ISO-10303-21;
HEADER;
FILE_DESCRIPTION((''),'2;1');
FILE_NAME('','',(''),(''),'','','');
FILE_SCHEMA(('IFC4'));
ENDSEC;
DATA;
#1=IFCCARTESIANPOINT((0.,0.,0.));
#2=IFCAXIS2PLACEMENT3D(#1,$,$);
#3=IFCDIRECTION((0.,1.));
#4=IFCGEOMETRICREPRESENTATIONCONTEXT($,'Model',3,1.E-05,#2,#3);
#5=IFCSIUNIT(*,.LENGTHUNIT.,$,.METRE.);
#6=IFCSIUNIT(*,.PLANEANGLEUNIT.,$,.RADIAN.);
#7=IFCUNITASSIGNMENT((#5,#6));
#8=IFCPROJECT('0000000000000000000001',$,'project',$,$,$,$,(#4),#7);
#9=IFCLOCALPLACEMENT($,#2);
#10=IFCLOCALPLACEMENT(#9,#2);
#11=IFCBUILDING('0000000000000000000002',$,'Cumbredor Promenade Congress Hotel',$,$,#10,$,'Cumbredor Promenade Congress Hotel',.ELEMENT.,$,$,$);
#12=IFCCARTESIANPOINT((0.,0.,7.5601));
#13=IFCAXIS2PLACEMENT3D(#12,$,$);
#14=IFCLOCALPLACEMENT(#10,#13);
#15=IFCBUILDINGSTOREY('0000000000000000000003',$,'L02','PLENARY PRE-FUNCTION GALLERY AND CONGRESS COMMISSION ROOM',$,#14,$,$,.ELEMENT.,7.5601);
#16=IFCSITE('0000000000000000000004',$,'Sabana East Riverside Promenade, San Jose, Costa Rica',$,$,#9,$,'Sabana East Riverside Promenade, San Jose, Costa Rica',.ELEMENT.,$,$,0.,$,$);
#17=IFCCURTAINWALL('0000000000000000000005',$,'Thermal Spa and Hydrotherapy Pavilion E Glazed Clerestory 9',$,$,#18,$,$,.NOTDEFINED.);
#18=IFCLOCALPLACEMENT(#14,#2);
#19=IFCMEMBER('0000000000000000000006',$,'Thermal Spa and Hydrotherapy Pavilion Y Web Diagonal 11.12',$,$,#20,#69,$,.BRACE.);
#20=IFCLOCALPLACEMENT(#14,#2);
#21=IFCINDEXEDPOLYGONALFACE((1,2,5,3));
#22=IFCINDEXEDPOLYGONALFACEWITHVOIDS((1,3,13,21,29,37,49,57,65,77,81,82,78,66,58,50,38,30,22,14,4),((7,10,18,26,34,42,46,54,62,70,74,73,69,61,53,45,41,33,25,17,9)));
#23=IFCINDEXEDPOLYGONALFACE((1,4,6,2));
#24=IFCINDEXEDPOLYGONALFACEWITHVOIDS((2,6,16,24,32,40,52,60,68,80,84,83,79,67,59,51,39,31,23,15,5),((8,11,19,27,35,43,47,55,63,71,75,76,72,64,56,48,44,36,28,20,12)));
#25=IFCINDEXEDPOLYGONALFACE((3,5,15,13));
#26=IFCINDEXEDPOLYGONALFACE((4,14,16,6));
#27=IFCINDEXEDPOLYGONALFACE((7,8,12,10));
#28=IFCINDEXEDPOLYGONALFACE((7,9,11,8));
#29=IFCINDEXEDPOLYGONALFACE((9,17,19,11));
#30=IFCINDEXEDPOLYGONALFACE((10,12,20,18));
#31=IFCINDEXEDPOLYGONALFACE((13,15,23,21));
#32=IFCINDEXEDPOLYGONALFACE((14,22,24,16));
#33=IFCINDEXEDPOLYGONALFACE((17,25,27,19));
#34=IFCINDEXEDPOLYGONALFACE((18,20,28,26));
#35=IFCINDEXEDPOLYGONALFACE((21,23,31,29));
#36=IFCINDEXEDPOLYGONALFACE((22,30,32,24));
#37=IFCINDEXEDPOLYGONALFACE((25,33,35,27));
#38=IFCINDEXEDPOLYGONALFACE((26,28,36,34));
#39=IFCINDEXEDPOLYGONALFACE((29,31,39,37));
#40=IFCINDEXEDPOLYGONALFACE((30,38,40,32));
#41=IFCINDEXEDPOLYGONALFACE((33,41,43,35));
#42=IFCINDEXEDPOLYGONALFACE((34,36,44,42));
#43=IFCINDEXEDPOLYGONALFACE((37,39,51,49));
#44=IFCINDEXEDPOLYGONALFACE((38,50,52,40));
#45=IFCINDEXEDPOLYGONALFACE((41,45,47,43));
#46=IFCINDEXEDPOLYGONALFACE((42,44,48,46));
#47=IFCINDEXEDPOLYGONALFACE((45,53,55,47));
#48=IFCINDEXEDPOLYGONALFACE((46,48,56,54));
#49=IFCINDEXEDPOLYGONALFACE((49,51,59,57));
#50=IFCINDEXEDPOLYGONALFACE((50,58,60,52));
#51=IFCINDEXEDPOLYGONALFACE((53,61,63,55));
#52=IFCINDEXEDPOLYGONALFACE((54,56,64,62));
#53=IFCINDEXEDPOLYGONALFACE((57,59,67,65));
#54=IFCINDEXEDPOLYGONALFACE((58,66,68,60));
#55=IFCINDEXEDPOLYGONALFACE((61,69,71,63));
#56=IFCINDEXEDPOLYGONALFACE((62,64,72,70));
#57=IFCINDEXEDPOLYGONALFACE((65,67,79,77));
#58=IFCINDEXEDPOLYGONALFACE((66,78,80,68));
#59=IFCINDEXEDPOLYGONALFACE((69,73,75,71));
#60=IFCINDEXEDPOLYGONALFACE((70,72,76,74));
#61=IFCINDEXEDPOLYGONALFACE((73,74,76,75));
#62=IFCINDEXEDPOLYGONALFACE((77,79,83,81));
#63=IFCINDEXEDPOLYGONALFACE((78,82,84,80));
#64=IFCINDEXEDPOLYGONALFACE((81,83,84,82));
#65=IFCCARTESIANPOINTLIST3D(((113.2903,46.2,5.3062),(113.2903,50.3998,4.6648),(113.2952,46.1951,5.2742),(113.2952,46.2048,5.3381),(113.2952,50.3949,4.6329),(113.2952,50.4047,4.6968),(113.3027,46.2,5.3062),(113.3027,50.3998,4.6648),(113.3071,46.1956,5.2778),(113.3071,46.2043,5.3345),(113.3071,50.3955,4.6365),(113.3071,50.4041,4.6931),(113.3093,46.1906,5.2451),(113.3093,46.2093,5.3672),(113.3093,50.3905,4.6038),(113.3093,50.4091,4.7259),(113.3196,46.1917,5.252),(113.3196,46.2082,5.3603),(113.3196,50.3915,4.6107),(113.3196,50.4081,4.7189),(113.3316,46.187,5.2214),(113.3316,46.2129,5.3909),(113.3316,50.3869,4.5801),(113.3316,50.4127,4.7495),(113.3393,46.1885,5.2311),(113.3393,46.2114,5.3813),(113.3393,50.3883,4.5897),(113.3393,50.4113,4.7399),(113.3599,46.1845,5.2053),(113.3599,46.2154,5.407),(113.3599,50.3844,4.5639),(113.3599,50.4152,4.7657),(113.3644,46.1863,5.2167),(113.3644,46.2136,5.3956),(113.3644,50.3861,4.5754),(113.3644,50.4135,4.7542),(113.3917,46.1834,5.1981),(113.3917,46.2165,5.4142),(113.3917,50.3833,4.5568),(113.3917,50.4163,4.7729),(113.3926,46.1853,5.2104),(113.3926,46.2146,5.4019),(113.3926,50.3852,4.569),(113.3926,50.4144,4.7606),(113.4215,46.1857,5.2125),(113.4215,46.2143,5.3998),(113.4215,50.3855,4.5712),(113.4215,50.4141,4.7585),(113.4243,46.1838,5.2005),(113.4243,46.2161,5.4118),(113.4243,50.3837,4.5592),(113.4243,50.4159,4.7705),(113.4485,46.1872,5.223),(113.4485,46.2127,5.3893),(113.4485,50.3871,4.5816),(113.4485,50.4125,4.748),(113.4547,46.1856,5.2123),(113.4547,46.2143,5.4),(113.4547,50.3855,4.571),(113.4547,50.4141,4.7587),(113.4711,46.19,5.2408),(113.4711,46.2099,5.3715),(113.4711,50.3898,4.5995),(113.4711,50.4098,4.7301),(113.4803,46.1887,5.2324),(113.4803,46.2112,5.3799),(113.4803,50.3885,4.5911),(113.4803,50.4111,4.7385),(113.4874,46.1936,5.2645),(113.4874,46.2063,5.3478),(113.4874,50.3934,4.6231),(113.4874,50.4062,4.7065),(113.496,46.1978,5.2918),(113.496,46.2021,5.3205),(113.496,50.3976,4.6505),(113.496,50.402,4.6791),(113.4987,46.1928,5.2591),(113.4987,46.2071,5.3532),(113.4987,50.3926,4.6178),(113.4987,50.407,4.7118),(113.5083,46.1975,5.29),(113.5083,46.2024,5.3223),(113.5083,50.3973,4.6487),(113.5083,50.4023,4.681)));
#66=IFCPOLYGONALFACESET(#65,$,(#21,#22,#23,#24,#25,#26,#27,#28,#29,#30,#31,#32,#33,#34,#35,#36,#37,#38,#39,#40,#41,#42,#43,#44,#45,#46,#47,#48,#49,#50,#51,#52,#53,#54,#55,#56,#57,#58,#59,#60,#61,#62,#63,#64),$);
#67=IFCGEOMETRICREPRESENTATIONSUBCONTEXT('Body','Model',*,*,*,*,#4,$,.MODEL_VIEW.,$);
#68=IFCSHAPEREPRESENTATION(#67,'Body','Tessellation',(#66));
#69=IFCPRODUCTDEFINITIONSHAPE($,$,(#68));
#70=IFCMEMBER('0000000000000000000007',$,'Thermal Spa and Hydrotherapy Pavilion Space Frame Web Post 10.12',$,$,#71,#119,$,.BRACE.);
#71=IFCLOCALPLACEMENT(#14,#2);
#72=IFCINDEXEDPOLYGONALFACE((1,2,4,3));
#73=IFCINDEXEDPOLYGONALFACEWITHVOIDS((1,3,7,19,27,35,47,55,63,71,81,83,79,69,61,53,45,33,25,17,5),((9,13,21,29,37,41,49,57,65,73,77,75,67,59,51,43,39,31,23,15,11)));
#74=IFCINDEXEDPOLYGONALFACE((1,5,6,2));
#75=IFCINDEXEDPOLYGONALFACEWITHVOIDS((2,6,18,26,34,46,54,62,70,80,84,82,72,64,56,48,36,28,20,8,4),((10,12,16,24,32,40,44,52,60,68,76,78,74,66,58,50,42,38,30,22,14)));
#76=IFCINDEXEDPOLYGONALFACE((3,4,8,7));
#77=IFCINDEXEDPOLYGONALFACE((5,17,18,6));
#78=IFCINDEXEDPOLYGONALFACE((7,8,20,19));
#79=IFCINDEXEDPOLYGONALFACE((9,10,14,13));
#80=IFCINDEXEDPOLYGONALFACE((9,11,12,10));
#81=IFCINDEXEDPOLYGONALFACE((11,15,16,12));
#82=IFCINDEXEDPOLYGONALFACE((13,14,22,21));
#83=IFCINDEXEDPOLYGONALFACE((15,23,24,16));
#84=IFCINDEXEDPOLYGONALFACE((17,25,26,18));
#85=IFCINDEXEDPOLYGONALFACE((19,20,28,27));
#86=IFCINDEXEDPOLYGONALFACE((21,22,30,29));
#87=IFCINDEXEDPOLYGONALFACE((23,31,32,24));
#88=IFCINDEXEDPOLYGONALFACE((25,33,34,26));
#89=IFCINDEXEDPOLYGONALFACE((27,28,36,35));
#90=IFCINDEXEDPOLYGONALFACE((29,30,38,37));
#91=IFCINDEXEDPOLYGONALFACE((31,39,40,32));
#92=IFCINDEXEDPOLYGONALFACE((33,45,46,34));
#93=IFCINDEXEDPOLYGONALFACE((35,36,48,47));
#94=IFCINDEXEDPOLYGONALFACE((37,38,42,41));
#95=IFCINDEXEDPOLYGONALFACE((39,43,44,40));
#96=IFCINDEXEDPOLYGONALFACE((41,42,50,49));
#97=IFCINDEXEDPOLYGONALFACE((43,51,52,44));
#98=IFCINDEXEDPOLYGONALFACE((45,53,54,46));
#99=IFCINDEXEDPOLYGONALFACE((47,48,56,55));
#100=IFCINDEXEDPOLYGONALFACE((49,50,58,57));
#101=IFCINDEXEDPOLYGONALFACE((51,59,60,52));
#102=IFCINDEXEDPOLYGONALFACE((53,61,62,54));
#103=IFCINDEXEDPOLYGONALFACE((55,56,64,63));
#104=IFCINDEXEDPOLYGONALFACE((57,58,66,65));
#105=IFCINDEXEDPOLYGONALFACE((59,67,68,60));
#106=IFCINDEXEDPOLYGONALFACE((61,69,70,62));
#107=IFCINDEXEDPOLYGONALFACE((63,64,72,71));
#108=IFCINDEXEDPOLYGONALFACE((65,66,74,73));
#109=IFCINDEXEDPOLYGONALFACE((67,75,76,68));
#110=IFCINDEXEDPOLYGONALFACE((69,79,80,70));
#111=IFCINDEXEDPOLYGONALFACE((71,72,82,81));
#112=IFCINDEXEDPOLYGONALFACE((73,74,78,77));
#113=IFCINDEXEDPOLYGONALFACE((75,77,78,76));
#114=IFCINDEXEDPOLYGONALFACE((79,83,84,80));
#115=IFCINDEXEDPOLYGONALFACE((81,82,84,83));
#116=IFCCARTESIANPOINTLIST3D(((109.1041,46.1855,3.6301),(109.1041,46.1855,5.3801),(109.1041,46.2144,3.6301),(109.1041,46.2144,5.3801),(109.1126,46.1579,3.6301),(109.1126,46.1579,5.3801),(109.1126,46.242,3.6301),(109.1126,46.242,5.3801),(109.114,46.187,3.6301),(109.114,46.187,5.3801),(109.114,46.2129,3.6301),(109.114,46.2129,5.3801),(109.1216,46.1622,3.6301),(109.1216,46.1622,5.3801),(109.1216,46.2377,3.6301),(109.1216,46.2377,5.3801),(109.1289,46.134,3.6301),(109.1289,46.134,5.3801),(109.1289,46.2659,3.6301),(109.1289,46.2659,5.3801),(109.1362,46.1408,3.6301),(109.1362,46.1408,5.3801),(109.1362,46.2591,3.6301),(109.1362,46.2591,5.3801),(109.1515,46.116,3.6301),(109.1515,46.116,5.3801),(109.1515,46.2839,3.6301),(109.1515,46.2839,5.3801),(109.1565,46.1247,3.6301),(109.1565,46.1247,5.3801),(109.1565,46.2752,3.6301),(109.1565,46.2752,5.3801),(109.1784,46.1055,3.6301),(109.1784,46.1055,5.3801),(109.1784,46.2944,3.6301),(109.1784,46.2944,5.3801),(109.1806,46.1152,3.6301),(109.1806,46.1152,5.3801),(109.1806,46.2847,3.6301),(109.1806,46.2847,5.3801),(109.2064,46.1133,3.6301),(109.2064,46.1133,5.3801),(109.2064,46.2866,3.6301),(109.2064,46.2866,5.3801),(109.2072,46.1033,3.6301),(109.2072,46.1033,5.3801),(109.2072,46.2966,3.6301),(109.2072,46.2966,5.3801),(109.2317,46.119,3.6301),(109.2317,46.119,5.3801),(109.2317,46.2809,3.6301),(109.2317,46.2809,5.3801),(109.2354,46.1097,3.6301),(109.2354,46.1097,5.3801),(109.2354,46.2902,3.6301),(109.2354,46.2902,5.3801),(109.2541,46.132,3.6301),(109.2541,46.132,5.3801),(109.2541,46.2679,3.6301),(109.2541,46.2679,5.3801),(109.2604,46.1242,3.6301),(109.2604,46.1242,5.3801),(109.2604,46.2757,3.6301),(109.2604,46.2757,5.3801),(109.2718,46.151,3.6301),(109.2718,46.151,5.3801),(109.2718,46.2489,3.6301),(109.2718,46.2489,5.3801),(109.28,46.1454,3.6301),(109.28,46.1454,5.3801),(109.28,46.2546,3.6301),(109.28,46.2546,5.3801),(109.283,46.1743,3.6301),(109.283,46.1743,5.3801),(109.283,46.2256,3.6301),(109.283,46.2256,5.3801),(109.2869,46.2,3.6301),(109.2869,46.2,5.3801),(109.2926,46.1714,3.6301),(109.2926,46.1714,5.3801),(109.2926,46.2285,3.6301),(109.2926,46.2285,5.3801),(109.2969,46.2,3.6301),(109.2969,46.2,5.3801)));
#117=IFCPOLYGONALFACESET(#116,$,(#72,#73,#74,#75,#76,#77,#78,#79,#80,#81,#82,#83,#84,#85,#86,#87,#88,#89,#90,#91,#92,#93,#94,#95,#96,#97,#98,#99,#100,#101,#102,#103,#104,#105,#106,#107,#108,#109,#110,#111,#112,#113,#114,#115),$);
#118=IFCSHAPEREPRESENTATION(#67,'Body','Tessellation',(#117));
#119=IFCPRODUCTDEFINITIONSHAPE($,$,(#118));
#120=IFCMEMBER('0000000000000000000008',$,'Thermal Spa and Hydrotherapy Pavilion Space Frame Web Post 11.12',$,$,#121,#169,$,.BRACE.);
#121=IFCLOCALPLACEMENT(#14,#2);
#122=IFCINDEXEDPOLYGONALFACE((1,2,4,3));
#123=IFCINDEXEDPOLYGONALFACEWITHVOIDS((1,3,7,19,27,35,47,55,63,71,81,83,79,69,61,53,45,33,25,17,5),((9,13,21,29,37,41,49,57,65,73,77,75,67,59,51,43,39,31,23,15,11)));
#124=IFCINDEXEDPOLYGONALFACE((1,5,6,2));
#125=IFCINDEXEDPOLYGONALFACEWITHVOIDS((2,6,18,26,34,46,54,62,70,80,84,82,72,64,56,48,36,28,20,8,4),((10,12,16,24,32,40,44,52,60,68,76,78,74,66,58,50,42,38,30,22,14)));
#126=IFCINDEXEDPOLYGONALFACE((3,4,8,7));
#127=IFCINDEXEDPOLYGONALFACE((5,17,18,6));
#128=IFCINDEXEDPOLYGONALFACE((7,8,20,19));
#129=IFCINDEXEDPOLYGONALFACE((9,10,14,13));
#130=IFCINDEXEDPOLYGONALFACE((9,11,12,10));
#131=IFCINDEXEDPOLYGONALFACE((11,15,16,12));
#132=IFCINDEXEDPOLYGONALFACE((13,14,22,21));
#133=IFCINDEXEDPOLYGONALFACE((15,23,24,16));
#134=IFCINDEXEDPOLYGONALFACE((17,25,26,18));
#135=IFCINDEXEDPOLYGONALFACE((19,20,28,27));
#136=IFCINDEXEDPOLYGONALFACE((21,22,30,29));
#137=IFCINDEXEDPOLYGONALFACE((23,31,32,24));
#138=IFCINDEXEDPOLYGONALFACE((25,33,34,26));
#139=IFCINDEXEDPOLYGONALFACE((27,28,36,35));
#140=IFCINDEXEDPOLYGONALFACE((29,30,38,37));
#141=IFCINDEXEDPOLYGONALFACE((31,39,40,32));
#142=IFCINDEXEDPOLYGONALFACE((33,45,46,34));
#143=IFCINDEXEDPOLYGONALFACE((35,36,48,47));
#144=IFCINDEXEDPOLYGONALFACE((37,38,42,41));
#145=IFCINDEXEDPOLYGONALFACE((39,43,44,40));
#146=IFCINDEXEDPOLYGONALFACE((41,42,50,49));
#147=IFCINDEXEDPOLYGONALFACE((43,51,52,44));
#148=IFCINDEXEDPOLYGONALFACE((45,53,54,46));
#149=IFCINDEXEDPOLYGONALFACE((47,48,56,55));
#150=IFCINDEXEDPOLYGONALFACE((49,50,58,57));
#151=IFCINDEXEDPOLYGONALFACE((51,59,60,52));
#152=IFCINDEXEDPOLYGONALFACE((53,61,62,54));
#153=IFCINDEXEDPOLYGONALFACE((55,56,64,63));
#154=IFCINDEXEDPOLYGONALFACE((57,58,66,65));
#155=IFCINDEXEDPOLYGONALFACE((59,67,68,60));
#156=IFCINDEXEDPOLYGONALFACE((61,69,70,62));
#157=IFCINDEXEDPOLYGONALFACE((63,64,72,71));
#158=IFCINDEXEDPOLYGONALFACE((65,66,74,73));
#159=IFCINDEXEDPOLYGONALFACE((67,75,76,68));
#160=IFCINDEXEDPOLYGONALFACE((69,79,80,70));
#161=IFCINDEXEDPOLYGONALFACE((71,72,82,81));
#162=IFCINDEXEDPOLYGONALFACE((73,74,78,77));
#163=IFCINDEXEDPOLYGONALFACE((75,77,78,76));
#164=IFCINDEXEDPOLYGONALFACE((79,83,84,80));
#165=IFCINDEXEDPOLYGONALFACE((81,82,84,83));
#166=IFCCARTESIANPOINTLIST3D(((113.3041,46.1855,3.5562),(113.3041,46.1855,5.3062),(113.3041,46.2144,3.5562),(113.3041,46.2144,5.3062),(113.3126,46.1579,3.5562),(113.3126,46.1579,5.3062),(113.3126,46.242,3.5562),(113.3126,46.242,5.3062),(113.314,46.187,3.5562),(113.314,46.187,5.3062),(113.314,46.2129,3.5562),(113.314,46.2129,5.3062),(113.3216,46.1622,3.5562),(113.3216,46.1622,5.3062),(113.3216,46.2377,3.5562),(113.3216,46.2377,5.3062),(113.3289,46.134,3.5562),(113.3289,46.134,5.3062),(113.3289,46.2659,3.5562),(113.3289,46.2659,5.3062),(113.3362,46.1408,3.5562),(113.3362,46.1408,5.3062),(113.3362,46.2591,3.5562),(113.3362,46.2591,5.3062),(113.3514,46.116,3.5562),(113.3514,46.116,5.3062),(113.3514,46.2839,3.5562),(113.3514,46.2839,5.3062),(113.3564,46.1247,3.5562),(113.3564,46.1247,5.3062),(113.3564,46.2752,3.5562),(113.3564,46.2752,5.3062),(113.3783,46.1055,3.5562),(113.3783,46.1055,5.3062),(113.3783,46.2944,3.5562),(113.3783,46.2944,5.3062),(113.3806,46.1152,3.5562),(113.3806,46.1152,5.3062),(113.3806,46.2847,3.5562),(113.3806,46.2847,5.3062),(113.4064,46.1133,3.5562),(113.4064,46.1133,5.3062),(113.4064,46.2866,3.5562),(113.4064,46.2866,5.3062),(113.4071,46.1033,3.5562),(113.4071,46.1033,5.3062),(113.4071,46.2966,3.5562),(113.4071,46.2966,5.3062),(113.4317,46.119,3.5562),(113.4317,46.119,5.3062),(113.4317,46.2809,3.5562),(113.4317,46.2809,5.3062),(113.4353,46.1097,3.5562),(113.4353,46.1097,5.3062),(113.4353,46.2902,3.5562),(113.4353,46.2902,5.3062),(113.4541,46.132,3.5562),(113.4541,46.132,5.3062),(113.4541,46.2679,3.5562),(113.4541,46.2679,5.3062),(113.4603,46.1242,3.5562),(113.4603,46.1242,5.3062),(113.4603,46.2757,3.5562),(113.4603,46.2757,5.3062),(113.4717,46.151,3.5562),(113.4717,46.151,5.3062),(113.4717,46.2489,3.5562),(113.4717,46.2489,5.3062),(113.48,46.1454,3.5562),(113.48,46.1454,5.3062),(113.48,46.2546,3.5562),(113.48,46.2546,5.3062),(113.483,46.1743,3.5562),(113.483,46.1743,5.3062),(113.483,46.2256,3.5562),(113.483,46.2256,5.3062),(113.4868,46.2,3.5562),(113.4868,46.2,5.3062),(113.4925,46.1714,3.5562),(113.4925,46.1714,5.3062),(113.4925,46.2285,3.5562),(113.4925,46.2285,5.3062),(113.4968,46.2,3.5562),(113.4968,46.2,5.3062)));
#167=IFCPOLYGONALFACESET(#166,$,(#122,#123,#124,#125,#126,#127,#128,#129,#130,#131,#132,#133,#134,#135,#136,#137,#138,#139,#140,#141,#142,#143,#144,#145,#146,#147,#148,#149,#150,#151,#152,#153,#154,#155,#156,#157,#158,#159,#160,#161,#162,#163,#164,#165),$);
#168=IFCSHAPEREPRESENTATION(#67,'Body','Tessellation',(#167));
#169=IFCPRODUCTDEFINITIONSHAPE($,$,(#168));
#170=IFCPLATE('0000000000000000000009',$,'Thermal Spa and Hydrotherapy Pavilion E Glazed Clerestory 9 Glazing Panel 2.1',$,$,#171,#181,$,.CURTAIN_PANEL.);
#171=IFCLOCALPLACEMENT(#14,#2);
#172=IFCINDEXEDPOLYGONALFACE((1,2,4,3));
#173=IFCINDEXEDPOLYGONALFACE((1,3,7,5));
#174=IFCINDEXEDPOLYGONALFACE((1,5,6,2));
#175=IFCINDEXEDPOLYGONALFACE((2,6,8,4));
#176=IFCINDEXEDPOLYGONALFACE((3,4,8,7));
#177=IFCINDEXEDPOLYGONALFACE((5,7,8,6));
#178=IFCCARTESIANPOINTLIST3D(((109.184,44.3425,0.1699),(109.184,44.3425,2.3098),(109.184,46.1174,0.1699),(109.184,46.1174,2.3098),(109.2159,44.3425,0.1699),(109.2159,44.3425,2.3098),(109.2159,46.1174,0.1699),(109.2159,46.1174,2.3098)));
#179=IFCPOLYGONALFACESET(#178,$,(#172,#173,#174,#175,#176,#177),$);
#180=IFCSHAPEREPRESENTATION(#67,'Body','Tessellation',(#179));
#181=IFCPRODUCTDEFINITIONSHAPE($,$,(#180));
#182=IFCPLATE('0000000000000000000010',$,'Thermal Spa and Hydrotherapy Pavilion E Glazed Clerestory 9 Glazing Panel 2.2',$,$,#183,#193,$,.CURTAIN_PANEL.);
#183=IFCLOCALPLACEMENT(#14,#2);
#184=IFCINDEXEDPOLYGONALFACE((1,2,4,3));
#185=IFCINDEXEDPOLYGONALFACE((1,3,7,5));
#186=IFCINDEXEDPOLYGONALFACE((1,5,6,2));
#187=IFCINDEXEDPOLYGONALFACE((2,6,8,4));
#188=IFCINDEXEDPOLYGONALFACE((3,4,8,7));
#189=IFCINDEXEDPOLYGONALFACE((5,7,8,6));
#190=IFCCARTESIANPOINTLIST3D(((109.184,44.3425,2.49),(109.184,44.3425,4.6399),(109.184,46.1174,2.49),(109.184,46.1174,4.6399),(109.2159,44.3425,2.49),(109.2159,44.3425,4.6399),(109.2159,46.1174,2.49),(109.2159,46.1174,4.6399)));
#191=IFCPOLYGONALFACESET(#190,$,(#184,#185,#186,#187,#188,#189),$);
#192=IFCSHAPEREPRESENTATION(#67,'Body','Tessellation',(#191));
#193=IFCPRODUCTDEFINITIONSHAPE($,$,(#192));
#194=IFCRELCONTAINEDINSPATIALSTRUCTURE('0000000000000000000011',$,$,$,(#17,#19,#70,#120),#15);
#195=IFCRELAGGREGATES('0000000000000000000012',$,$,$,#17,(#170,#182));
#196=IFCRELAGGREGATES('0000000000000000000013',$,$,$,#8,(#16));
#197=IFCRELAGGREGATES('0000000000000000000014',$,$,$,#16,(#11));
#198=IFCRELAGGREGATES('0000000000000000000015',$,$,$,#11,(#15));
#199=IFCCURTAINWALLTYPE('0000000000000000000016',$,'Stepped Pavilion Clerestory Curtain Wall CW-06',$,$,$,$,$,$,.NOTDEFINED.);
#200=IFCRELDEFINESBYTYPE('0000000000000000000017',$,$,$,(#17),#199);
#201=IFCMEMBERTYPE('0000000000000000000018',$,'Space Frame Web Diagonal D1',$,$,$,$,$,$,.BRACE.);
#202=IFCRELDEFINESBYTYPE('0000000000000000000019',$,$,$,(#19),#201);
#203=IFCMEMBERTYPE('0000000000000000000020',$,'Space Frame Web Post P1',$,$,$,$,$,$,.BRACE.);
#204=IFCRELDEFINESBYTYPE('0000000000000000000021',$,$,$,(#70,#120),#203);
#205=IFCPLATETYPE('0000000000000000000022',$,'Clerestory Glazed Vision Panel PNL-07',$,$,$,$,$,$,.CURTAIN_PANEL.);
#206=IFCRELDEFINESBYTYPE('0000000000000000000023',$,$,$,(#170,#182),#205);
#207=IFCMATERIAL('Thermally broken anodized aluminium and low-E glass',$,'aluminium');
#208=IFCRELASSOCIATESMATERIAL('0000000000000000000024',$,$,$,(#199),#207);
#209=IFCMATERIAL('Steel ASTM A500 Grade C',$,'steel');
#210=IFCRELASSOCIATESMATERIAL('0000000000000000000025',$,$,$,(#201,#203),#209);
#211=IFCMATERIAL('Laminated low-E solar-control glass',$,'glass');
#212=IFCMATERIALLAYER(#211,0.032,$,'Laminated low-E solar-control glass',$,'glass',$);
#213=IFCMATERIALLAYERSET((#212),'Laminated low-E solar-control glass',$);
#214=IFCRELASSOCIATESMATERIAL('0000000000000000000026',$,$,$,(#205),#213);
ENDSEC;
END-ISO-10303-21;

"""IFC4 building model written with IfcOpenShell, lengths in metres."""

from ifc_helpers import new_model, si_unit, direction, frame, origin, origin_2d, place, context, subcontext, project, spatial, rectangle, hollow_circle, extrude, material, layer, layer_set, material_profile, profile_set, type_object, element, aggregate, save


model = new_model("IFC4")

# Units and contexts
model_context = context("Model", 3, precision=1e-05, world=origin(), true_north=direction((0.0, 1.0)))
body_context = subcontext(model_context, "Body", "Model", "MODEL_VIEW")
ifc_project = project(units=[si_unit("LENGTHUNIT", "METRE"), si_unit("PLANEANGLEUNIT", "RADIAN")], contexts=[model_context])

# Site, building, storey
site_placement = place(None, origin())
site = spatial("IfcSite", under=ifc_project, at=site_placement, Name="Sabana East Riverside Promenade, San Jose, Costa Rica", LongName="Sabana East Riverside Promenade, San Jose, Costa Rica", CompositionType="ELEMENT", RefElevation=0.0)
building_placement = place(site_placement, origin())
building = spatial("IfcBuilding", under=site, at=building_placement, Name="Cumbredor Promenade Congress Hotel", LongName="Cumbredor Promenade Congress Hotel", CompositionType="ELEMENT")
storey_placement = place(building_placement, frame((0.0, 0.0, 7.5601)))
storey = spatial("IfcBuildingStorey", under=building, at=storey_placement, Name="L02", Description="PLENARY PRE-FUNCTION GALLERY AND CONGRESS COMMISSION ROOM", CompositionType="ELEMENT", Elevation=7.5601)

# Curtain wall
ifc_material_1 = material(Name="Thermally broken anodized aluminium and low-E glass", Category="aluminium")
curtain_wall_type = type_object("IfcCurtainWallType", Name="Stepped Pavilion Clerestory Curtain Wall CW-06", PredefinedType="NOTDEFINED", material=ifc_material_1)
curtain_wall_1_placement = place(storey_placement, origin())
curtain_wall_1 = element("IfcCurtainWall", 1, at=curtain_wall_1_placement, inside=storey, type_object=curtain_wall_type, Name="Thermal Spa and Hydrotherapy Pavilion E Glazed Clerestory 9", PredefinedType="NOTDEFINED")

# Members
ifc_material_2 = material(Name="Steel ASTM A500 Grade C", Category="steel")
ifc_material_profile_1 = material_profile(ifc_material_2, hollow_circle(Radius=0.1096, WallThickness=0.0125, at=origin_2d()), Name="CHS 219.1x12.5")
ifc_profile_set_1 = profile_set([ifc_material_profile_1], Name="Steel ASTM A500 Grade C")
member_type_1 = type_object("IfcMemberType", Name="Space Frame Web Diagonal D1", PredefinedType="BRACE", material=ifc_profile_set_1)
member_1_placement = place(storey_placement, frame((113.3999, 46.2, 5.3062), z_axis=(0.0, 0.98854, -0.150956), x_axis=(-1.0, 0.0, 0.0)))
element("IfcMember", 2, at=member_1_placement, inside=storey, type_object=member_type_1, Name="Thermal Spa and Hydrotherapy Pavilion Y Web Diagonal 11.12", PredefinedType="BRACE", context=body_context, shape_type="SweptSolid", body=[
    extrude(hollow_circle(Radius=0.1096, WallThickness=0.0125, at=origin_2d()), origin(), (0.0, 0.0, 1.0), 4.2485),
])
ifc_material_profile_2 = material_profile(ifc_material_2, hollow_circle(Radius=0.0969, WallThickness=0.01, at=origin_2d()), Name="CHS 193.7x10")
ifc_profile_set_2 = profile_set([ifc_material_profile_2], Name="Steel ASTM A500 Grade C")
member_type_2 = type_object("IfcMemberType", Name="Space Frame Web Post P1", PredefinedType="BRACE", material=ifc_profile_set_2)
for number, where, z_axis, x_axis, name in (
    (3, (109.2, 46.2, 3.6301), (0.0, 0.0, 1.0), (1.0, 0.0, 0.0), "Thermal Spa and Hydrotherapy Pavilion Space Frame Web Post 10.12"),
    (4, (113.3999, 46.2, 3.5562), (0.0, 0.0, 1.0), (1.0, 0.0, 0.0), "Thermal Spa and Hydrotherapy Pavilion Space Frame Web Post 11.12"),
):
    element("IfcMember", number, at=place(storey_placement, frame(where, z_axis=z_axis, x_axis=x_axis)), inside=storey, type_object=member_type_2, Name=name, PredefinedType="BRACE", context=body_context, shape_type="SweptSolid", body=[
        extrude(hollow_circle(Radius=0.0969, WallThickness=0.01, at=origin_2d()), origin(), (0.0, 0.0, 1.0), 1.75),
    ])

# Plates
ifc_material_3 = material(Name="Laminated low-E solar-control glass", Category="glass")
ifc_layer_1 = layer(ifc_material_3, 0.032, Name="Laminated low-E solar-control glass", Category="glass")
ifc_layer_set_1 = layer_set([ifc_layer_1], Name="Laminated low-E solar-control glass")
plate_type_1 = type_object("IfcPlateType", Name="Clerestory Glazed Vision Panel PNL-07", PredefinedType="CURTAIN_PANEL", material=ifc_layer_set_1)
plate_1_placement = place(storey_placement, frame((109.2, 45.23, 0.1699), z_axis=(0.0, 0.0, 1.0), x_axis=(0.0, 1.0, 0.0)))
plate_1 = element("IfcPlate", 5, at=plate_1_placement, type_object=plate_type_1, Name="Thermal Spa and Hydrotherapy Pavilion E Glazed Clerestory 9 Glazing Panel 2.1", PredefinedType="CURTAIN_PANEL", context=body_context, shape_type="SweptSolid", body=[
    extrude(rectangle(XDim=1.7749, YDim=0.032, at=origin_2d()), origin(), (0.0, 0.0, 1.0), 2.1399),
])
plate_2_placement = place(storey_placement, frame((109.2, 45.23, 2.49), z_axis=(0.0, 0.0, 1.0), x_axis=(0.0, 1.0, 0.0)))
plate_2 = element("IfcPlate", 6, at=plate_2_placement, type_object=plate_type_1, Name="Thermal Spa and Hydrotherapy Pavilion E Glazed Clerestory 9 Glazing Panel 2.2", PredefinedType="CURTAIN_PANEL", context=body_context, shape_type="SweptSolid", body=[
    extrude(rectangle(XDim=1.7749, YDim=0.032, at=origin_2d()), origin(), (0.0, 0.0, 1.0), 2.1499),
])
aggregate(curtain_wall_1, [plate_1, plate_2])

save(model, "model.ifc")
